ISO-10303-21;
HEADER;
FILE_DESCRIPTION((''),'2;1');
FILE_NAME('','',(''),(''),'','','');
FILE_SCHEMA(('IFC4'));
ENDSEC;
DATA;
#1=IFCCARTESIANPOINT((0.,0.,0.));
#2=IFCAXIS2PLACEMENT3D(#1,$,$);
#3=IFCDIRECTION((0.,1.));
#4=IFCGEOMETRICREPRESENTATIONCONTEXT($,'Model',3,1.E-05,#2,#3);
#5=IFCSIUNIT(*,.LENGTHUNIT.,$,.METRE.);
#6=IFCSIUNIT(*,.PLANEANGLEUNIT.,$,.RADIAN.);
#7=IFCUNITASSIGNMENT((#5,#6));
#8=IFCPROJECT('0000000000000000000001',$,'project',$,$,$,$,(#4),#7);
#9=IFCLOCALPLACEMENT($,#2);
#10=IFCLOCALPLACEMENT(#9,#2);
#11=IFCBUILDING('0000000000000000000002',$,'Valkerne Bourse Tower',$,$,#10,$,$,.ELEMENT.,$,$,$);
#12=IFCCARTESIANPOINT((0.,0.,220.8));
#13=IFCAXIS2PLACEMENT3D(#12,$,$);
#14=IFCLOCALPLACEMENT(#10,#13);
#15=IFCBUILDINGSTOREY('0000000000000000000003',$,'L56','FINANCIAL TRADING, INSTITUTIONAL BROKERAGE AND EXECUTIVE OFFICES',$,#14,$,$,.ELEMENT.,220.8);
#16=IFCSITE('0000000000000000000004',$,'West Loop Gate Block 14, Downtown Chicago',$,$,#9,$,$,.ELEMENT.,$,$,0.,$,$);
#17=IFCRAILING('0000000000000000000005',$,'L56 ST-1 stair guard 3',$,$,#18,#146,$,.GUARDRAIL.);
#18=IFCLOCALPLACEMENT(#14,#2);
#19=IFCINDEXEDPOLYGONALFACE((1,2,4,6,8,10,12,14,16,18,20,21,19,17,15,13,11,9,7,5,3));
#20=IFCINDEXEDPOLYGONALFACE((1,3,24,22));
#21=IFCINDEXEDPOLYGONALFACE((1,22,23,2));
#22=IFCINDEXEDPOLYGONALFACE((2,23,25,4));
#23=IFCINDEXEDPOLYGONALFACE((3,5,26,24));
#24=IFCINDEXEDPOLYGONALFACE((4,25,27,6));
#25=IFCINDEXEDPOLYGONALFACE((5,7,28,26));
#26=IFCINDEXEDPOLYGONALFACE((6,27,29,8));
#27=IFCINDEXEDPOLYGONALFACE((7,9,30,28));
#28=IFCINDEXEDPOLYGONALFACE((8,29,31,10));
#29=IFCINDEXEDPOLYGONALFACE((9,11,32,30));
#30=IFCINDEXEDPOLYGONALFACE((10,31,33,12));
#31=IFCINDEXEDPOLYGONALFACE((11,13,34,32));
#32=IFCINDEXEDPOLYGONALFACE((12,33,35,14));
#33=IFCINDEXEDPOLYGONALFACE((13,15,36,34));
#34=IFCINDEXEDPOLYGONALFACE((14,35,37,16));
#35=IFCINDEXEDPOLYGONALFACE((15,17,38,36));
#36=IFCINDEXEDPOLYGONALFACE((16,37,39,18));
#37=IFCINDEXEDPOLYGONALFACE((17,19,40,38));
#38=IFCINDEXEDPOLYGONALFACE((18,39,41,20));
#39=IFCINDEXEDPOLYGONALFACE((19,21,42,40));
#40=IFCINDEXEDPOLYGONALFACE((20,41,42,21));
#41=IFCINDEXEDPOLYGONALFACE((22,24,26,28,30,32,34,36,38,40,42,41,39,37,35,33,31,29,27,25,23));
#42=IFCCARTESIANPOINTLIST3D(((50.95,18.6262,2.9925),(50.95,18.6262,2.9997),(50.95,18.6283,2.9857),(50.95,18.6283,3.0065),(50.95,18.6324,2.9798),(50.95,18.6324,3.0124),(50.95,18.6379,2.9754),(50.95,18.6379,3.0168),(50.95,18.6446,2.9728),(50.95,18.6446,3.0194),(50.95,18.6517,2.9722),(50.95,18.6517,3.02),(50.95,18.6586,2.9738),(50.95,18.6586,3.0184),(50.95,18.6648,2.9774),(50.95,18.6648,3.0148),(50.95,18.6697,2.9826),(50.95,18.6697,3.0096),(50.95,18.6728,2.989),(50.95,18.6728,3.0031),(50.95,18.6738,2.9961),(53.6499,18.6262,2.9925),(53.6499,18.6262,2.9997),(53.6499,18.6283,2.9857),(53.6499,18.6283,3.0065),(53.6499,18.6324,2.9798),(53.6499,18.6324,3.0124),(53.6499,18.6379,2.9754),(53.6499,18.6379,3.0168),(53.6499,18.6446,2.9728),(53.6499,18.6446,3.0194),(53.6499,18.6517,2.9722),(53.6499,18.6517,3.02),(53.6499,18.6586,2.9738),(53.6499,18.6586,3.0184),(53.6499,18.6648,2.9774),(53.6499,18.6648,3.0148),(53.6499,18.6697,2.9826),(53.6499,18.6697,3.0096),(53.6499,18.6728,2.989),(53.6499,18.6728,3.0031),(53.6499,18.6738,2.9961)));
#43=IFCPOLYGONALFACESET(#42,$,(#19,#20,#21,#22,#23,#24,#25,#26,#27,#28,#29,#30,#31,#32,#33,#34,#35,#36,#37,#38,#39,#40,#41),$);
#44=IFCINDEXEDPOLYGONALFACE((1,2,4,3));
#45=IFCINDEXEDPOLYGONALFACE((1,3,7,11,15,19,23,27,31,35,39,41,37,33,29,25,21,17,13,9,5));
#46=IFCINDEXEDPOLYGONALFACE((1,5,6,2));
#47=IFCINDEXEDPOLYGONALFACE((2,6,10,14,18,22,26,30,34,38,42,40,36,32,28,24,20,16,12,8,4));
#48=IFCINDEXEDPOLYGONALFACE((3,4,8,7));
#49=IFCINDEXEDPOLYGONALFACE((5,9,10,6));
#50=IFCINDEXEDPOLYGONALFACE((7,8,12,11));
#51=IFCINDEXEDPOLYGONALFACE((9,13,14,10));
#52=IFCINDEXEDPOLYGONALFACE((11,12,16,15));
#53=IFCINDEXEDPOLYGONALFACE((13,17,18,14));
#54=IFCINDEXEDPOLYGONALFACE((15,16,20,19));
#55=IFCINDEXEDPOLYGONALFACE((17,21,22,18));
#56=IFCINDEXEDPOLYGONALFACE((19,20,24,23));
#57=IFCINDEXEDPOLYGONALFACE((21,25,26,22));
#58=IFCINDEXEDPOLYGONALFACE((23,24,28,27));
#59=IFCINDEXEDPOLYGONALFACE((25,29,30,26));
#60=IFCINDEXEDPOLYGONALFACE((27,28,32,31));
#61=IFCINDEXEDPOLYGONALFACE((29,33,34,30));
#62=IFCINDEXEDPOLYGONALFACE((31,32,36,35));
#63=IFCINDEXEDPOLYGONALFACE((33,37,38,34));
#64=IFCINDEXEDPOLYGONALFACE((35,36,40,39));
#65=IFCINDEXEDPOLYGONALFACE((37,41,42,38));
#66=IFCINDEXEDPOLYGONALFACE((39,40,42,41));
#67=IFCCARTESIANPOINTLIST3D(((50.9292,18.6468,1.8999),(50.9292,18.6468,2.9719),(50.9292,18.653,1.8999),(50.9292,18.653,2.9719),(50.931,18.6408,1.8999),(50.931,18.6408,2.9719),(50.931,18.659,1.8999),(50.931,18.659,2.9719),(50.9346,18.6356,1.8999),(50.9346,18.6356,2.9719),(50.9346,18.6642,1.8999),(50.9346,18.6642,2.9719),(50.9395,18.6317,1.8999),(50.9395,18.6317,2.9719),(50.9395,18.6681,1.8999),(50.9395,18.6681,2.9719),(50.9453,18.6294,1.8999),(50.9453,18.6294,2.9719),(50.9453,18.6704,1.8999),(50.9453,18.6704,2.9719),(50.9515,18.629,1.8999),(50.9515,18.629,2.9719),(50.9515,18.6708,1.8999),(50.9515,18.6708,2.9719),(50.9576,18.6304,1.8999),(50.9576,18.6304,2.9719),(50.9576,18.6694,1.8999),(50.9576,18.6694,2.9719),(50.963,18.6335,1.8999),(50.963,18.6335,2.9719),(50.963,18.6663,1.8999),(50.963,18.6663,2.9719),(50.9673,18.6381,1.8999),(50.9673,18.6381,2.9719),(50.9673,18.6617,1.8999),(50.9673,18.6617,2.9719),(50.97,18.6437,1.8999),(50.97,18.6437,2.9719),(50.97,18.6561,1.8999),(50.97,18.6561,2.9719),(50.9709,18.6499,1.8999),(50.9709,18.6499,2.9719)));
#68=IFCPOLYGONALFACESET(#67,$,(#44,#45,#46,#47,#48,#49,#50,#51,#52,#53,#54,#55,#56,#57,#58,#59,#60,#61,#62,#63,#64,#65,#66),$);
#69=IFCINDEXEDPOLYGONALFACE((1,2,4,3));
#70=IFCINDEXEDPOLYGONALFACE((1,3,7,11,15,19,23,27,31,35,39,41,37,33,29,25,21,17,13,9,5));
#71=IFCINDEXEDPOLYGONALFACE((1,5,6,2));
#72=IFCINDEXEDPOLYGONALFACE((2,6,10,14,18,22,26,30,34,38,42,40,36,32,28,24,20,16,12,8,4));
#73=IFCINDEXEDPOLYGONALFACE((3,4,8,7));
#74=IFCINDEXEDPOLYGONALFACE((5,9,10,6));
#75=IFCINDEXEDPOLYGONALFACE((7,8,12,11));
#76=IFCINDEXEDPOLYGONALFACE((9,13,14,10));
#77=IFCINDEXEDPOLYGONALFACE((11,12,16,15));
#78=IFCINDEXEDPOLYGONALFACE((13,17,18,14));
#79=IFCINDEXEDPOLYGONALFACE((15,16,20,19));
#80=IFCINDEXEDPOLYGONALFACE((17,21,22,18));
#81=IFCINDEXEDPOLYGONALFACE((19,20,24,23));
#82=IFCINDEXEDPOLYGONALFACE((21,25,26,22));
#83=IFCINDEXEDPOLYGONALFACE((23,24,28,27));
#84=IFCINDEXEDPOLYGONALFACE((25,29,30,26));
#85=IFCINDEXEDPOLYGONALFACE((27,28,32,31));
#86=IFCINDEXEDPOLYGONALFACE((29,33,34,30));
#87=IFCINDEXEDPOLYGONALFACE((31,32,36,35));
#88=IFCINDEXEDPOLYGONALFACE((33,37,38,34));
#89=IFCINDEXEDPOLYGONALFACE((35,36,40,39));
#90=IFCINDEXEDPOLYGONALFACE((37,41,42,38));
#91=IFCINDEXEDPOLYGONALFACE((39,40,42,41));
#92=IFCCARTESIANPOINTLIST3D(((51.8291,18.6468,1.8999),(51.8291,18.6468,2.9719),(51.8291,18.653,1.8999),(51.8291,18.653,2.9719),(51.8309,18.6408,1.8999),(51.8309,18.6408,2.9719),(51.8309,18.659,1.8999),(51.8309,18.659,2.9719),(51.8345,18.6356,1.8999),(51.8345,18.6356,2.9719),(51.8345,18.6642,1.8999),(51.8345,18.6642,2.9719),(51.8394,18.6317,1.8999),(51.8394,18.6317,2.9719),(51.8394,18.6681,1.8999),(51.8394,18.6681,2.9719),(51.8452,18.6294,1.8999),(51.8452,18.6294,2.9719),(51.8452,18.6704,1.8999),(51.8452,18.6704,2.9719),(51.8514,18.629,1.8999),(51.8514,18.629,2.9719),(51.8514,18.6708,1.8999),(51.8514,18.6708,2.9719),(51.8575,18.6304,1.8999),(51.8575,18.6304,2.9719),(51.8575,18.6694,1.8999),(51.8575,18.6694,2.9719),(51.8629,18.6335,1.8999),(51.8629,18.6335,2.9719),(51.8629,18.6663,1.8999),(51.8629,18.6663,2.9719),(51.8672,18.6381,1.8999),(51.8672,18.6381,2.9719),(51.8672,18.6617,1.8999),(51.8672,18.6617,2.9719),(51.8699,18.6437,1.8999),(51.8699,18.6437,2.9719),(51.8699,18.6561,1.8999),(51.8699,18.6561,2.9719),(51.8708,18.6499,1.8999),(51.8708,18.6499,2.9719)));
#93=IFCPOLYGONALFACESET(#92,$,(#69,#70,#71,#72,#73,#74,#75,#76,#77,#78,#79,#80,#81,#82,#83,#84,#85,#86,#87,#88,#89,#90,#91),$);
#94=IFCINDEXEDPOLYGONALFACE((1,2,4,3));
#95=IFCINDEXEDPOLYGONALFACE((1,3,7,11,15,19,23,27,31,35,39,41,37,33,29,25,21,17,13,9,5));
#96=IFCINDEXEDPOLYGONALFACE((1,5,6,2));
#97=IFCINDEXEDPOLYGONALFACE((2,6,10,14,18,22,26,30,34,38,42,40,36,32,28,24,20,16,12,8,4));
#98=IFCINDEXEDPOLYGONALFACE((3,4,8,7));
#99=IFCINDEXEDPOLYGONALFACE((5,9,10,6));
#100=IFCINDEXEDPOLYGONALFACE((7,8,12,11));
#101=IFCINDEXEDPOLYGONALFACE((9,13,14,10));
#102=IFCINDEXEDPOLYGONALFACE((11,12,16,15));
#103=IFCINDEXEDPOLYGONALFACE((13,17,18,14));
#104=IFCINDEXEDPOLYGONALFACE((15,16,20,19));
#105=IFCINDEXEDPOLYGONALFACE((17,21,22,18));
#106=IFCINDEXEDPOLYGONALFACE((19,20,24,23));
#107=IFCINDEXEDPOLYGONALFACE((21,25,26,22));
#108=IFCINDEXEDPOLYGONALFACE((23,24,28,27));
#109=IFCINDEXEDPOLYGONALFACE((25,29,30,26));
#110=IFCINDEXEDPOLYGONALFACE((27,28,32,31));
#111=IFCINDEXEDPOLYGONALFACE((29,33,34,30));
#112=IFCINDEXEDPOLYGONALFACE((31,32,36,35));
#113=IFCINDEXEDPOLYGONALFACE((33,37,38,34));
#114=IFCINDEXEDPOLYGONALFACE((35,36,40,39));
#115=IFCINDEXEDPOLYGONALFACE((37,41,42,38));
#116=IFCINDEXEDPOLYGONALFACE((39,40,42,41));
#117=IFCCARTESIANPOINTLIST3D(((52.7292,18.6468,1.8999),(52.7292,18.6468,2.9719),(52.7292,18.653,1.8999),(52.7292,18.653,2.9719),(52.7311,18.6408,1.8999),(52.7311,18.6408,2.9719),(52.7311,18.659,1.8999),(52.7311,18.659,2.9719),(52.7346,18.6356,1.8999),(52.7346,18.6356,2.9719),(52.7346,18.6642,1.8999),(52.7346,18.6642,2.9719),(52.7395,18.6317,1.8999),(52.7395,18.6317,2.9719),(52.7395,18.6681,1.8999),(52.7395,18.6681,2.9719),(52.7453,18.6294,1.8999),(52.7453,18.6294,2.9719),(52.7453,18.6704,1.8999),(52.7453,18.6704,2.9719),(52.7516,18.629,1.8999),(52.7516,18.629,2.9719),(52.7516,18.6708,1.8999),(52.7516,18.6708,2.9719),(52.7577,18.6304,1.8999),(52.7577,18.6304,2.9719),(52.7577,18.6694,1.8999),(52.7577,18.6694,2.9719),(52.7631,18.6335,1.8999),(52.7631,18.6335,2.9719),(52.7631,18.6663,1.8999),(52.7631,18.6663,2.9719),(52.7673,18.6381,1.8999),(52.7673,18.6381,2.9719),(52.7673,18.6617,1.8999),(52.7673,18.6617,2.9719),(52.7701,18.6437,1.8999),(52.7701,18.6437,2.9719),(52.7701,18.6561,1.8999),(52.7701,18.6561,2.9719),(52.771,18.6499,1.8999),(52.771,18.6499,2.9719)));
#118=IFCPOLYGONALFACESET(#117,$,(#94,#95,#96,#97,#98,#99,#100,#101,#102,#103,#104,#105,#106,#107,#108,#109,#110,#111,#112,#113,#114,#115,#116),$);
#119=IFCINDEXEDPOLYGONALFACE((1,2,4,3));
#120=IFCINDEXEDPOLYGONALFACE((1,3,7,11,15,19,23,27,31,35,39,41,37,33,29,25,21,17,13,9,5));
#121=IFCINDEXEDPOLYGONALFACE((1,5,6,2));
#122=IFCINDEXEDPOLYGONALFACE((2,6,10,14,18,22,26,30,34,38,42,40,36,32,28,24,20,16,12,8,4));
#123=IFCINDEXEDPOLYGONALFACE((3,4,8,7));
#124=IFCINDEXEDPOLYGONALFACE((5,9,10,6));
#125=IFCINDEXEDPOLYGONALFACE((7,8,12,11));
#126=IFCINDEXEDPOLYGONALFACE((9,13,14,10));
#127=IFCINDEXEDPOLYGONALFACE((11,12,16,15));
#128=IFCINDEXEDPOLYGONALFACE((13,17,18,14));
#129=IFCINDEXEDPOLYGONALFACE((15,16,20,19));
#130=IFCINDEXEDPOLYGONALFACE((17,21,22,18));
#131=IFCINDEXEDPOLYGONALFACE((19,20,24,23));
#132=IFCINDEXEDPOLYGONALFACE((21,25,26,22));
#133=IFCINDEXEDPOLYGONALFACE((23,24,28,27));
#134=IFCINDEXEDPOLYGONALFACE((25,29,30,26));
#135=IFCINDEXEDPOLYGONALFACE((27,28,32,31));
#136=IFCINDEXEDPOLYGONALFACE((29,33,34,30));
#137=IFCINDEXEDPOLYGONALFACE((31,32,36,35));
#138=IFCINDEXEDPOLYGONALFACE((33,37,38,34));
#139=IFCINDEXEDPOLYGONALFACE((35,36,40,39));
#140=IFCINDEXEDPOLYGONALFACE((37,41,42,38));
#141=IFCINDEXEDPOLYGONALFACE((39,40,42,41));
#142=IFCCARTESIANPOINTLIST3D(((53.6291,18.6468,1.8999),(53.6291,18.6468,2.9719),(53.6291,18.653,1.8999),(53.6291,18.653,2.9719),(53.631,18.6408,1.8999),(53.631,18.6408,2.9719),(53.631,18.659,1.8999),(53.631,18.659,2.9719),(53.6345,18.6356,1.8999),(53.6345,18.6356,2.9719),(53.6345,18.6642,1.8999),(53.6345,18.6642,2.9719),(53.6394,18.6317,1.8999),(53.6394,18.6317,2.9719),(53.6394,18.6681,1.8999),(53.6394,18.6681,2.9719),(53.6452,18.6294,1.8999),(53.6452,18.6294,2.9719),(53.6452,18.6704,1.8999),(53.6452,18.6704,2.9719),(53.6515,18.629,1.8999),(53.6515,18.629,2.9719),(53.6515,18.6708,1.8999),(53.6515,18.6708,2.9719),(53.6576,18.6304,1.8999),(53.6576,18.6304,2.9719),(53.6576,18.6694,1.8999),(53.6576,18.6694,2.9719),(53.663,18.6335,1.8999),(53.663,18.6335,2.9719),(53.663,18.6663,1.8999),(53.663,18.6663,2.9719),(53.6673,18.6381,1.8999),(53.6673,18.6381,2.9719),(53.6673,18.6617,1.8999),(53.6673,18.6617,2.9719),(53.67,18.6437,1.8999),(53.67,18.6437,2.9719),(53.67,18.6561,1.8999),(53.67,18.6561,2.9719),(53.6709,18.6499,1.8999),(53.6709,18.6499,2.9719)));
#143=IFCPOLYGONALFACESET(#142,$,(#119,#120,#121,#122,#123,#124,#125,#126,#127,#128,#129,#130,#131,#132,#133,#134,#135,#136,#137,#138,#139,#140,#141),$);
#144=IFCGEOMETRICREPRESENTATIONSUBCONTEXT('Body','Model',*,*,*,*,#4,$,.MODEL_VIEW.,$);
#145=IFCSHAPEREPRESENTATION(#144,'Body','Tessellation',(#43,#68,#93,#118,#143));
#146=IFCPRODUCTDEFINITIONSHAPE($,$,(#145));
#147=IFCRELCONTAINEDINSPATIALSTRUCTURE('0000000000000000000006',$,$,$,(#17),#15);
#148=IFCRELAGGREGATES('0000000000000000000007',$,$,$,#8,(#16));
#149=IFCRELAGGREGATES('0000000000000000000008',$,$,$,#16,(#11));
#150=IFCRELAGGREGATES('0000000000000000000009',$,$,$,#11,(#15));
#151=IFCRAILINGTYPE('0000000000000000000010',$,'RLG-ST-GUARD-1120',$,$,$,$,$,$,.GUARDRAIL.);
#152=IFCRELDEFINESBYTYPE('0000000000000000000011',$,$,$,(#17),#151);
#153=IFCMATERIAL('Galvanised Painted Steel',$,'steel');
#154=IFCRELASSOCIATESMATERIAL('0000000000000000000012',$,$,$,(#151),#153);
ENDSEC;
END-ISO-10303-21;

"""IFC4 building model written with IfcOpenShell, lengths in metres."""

from ifc_helpers import new_model, si_unit, direction, frame, origin, origin_2d, place, context, subcontext, project, spatial, circle, extrude, material, type_object, element, save


model = new_model("IFC4")

# Units and contexts
model_context = context("Model", 3, precision=1e-05, world=origin(), true_north=direction((0.0, 1.0)))
body_context = subcontext(model_context, "Body", "Model", "MODEL_VIEW")
ifc_project = project(units=[si_unit("LENGTHUNIT", "METRE"), si_unit("PLANEANGLEUNIT", "RADIAN")], contexts=[model_context])

# Site, building, storey
site_placement = place(None, origin())
site = spatial("IfcSite", under=ifc_project, at=site_placement, Name="West Loop Gate Block 14, Downtown Chicago", CompositionType="ELEMENT", RefElevation=0.0)
building_placement = place(site_placement, origin())
building = spatial("IfcBuilding", under=site, at=building_placement, Name="Valkerne Bourse Tower", CompositionType="ELEMENT")
storey_placement = place(building_placement, frame((0.0, 0.0, 220.8)))
storey = spatial("IfcBuildingStorey", under=building, at=storey_placement, Name="L56", Description="FINANCIAL TRADING, INSTITUTIONAL BROKERAGE AND EXECUTIVE OFFICES", CompositionType="ELEMENT", Elevation=220.8)

# Shared definitions
ifc_material_1 = material(Name="Galvanised Painted Steel", Category="steel")

# Railing
railing_type_1 = type_object("IfcRailingType", Name="RLG-ST-GUARD-1120", PredefinedType="GUARDRAIL", material=ifc_material_1)
for number, where, name in (
    (1, (50.95, 18.6499, 1.8999), "L56 ST-1 stair guard 3"),
):
    element("IfcRailing", number, at=place(storey_placement, frame(where)), inside=storey, type_object=railing_type_1, Name=name, PredefinedType="GUARDRAIL", context=body_context, shape_type="SweptSolid", body=[
        extrude(circle(Radius=0.0239, at=origin_2d()), frame((0.0, 0.0, 1.0962), z_axis=(1.0, 0.0, 0.0), x_axis=(0.0, 1.0, 0.0)), (0.0, 0.0, 1.0), 2.7),
        extrude(circle(Radius=0.021, at=origin_2d()), origin(), (0.0, 0.0, 1.0), 1.072),
        extrude(circle(Radius=0.021, at=origin_2d()), frame((0.8999, 0.0, 0.0)), (0.0, 0.0, 1.0), 1.072),
        extrude(circle(Radius=0.021, at=origin_2d()), frame((1.8, 0.0, 0.0)), (0.0, 0.0, 1.0), 1.072),
        extrude(circle(Radius=0.021, at=origin_2d()), frame((2.7, 0.0, 0.0)), (0.0, 0.0, 1.0), 1.072),
    ])

save(model, "model.ifc")
